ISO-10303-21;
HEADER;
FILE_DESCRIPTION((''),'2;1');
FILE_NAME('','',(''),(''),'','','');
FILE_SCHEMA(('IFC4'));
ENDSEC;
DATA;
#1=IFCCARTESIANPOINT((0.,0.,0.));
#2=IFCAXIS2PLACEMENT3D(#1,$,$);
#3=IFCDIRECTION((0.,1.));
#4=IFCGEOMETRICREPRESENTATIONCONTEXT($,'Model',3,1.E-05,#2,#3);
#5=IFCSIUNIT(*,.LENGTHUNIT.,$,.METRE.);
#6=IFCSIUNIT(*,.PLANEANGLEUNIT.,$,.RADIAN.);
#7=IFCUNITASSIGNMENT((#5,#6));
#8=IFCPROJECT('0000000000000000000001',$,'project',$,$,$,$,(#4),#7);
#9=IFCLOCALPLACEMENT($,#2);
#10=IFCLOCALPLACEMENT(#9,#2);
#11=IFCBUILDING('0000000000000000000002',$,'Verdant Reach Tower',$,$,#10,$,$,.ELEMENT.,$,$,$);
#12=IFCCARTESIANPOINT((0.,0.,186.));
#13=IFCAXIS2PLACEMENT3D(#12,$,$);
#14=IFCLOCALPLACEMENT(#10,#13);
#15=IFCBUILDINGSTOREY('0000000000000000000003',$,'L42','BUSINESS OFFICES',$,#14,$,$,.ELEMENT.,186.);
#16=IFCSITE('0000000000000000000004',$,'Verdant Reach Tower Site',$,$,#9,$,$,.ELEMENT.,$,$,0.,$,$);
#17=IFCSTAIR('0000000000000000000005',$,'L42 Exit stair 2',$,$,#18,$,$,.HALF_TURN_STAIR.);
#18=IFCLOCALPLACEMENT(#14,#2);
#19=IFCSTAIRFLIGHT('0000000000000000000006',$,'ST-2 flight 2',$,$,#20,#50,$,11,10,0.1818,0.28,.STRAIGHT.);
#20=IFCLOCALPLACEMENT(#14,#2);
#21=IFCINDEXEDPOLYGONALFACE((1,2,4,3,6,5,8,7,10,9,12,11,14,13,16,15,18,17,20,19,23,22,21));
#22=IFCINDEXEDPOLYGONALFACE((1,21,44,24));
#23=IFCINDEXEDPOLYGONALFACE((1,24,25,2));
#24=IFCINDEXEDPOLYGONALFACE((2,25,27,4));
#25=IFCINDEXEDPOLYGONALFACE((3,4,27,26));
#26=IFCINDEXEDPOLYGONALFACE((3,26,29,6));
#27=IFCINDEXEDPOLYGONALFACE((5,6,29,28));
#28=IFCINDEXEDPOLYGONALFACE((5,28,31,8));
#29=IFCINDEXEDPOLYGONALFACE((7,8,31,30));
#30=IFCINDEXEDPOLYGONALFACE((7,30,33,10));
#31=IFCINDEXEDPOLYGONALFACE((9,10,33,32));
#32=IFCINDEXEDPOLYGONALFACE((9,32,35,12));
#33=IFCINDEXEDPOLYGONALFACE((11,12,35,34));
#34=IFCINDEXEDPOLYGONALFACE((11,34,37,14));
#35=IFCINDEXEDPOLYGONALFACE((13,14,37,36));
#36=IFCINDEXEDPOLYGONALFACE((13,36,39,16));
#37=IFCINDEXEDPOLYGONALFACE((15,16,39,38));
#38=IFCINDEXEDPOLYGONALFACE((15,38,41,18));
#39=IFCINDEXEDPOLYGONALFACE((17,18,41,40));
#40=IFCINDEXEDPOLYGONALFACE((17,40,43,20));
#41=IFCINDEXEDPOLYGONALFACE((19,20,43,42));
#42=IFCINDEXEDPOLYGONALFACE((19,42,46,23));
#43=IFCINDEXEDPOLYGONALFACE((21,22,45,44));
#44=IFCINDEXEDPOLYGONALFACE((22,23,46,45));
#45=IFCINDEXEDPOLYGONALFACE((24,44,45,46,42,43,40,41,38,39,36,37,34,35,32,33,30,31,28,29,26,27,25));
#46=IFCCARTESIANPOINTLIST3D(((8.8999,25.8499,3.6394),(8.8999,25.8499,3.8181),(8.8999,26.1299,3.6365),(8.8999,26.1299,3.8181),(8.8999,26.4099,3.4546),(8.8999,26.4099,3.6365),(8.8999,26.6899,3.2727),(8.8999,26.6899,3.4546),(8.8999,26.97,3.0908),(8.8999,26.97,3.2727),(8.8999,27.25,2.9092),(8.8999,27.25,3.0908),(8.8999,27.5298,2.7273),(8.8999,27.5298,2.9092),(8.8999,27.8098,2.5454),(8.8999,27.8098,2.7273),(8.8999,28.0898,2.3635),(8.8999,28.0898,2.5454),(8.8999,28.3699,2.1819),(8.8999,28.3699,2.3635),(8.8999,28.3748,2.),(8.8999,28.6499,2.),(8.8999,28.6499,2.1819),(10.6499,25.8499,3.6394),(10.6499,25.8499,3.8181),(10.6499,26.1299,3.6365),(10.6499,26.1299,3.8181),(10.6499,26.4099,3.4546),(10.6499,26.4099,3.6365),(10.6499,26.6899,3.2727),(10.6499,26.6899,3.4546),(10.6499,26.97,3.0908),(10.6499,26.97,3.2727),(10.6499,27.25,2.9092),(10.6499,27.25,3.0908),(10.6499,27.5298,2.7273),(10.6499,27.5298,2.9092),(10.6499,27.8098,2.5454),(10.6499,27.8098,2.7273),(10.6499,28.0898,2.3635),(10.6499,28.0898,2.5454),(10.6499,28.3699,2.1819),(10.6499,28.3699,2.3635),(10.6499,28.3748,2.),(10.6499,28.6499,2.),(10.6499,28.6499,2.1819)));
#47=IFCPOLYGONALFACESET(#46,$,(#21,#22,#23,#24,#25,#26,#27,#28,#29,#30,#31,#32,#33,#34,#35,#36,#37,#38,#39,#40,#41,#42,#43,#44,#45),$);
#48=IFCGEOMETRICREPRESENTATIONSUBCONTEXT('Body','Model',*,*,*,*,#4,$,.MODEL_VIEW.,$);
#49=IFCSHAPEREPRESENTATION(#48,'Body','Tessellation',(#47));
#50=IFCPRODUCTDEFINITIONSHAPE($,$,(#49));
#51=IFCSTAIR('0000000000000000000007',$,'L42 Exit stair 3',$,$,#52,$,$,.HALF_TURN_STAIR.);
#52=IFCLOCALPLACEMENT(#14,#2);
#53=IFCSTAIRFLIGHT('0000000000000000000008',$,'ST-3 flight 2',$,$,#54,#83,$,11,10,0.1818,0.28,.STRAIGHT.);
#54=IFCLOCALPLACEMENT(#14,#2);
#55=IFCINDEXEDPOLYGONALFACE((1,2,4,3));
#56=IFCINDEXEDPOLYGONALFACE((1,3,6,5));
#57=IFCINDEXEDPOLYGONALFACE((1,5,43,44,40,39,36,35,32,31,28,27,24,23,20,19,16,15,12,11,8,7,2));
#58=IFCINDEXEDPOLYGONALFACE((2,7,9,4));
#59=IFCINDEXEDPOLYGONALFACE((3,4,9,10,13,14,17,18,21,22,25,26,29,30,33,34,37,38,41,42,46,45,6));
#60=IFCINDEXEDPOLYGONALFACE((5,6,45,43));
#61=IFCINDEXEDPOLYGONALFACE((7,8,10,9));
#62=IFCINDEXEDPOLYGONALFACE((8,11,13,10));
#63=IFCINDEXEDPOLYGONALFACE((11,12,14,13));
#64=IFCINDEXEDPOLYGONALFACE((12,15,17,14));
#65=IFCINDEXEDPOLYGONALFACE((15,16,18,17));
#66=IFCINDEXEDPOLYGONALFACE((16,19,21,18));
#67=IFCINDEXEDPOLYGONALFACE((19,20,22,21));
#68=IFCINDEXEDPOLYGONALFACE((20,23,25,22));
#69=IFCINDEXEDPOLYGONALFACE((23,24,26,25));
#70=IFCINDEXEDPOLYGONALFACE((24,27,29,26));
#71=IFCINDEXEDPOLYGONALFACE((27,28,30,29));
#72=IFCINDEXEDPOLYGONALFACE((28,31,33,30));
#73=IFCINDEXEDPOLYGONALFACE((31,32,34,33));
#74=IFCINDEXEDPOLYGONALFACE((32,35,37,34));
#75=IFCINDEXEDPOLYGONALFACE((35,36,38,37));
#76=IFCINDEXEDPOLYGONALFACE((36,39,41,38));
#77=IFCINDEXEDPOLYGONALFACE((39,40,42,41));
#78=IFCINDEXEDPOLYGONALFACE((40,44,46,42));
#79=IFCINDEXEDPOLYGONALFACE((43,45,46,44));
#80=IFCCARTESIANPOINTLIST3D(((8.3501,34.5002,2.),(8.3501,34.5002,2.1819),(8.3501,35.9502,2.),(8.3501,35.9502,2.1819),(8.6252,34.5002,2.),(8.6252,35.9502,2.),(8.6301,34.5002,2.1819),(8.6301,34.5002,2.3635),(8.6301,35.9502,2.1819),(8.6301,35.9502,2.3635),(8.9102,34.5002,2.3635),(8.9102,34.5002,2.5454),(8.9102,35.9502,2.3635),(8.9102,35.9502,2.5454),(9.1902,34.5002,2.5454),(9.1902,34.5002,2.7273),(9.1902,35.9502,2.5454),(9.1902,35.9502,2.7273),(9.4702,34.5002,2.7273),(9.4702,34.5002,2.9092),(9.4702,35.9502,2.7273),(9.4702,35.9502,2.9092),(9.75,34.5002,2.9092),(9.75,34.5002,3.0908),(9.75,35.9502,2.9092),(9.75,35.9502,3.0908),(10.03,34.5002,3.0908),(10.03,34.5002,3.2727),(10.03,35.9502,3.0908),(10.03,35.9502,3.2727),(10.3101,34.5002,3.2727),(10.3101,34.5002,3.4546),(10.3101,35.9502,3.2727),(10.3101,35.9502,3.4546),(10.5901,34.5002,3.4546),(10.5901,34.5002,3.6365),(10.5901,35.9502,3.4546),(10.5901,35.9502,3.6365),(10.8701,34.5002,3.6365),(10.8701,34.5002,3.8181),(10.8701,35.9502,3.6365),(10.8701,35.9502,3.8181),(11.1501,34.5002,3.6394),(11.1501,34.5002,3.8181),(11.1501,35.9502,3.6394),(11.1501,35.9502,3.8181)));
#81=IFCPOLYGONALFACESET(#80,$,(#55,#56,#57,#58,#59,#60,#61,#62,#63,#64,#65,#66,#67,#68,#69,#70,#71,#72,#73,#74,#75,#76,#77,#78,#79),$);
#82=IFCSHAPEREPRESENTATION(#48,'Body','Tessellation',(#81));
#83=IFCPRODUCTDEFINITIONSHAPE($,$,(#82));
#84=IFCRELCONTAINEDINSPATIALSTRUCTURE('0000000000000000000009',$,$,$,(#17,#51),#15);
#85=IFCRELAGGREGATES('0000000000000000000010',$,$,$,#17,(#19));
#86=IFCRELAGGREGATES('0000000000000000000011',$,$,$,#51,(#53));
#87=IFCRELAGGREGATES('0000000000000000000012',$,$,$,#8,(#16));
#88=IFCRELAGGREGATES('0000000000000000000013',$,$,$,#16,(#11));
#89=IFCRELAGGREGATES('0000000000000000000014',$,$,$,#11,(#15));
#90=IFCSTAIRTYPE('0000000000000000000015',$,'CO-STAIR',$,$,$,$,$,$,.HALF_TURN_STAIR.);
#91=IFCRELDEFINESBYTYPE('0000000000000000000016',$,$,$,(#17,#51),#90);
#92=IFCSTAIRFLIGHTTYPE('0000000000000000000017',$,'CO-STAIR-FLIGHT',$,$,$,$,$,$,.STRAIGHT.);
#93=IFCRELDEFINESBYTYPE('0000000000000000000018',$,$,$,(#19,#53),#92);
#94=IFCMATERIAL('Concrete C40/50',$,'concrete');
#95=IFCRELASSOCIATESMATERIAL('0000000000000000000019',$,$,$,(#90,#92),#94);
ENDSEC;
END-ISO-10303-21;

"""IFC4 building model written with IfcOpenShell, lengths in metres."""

from ifc_helpers import new_model, si_unit, direction, frame, origin, place, context, subcontext, project, spatial, polyline, outline, extrude, material, type_object, element, aggregate, save


model = new_model("IFC4")

# Units and contexts
model_context = context("Model", 3, precision=1e-05, world=origin(), true_north=direction((0.0, 1.0)))
body_context = subcontext(model_context, "Body", "Model", "MODEL_VIEW")
ifc_project = project(units=[si_unit("LENGTHUNIT", "METRE"), si_unit("PLANEANGLEUNIT", "RADIAN")], contexts=[model_context])

# Site, building, storey
site_placement = place(None, origin())
site = spatial("IfcSite", under=ifc_project, at=site_placement, Name="Verdant Reach Tower Site", CompositionType="ELEMENT", RefElevation=0.0)
building_placement = place(site_placement, origin())
building = spatial("IfcBuilding", under=site, at=building_placement, Name="Verdant Reach Tower", CompositionType="ELEMENT")
storey_placement = place(building_placement, frame((0.0, 0.0, 186.0)))
storey = spatial("IfcBuildingStorey", under=building, at=storey_placement, Name="L42", Description="BUSINESS OFFICES", CompositionType="ELEMENT", Elevation=186.0)

# Shared definitions
ifc_material_1 = material(Name="Concrete C40/50", Category="concrete")

# Stair, stair flight
stair_type = type_object("IfcStairType", Name="CO-STAIR", PredefinedType="HALF_TURN_STAIR", material=ifc_material_1)
stair_1_placement = place(storey_placement, origin())
stair_1 = element("IfcStair", 1, at=stair_1_placement, inside=storey, type_object=stair_type, Name="L42 Exit stair 2", PredefinedType="HALF_TURN_STAIR")
stair_flight_type = type_object("IfcStairFlightType", Name="CO-STAIR-FLIGHT", PredefinedType="STRAIGHT", material=ifc_material_1)
stair_flight_1_placement = place(storey_placement, frame((9.7749, 28.6499, 2.0), z_axis=(0.0, 0.0, 1.0), x_axis=(0.0, -1.0, 0.0)))
stair_flight_1 = element("IfcStairFlight", 2, at=stair_flight_1_placement, type_object=stair_flight_type, Name="ST-2 flight 2", NumberOfRisers=11, NumberOfTreads=10, PredefinedType="STRAIGHT", RiserHeight=0.1818, TreadLength=0.28, context=body_context, shape_type="SweptSolid", body=[
    extrude(outline(polyline([(0.0, 0.0), (0.0, 0.1819), (0.28, 0.1819), (0.28, 0.3635), (0.5601, 0.3635), (0.5601, 0.5454), (0.8401, 0.5454), (0.8401, 0.7273), (1.1201, 0.7273), (1.1201, 0.9092), (1.3999, 0.9092), (1.3999, 1.0908), (1.6799, 1.0908), (1.6799, 1.2727), (1.96, 1.2727), (1.96, 1.4546), (2.24, 1.4546), (2.24, 1.6365), (2.52, 1.6365), (2.52, 1.8181), (2.8, 1.8181), (2.8, 2.0), (2.8, 1.6394), (0.2751, 0.0), (0.0, 0.0)])), frame((0.0, 0.875, 0.0), z_axis=(0.0, -1.0, 0.0), x_axis=(1.0, 0.0, 0.0)), (0.0, 0.0, 1.0), 1.75),
])
aggregate(stair_1, [stair_flight_1])

# Stair, stair flight
stair_2_placement = place(storey_placement, origin())
stair_2 = element("IfcStair", 3, at=stair_2_placement, inside=storey, type_object=stair_type, Name="L42 Exit stair 3", PredefinedType="HALF_TURN_STAIR")
stair_flight_2_placement = place(storey_placement, frame((8.3501, 35.2251, 2.0), z_axis=(0.0, 0.0, 1.0), x_axis=(1.0, 0.0, 0.0)))
stair_flight_2 = element("IfcStairFlight", 4, at=stair_flight_2_placement, type_object=stair_flight_type, Name="ST-3 flight 2", NumberOfRisers=11, NumberOfTreads=10, PredefinedType="STRAIGHT", RiserHeight=0.1818, TreadLength=0.28, context=body_context, shape_type="SweptSolid", body=[
    extrude(outline(polyline([(0.0, 0.0), (0.0, 0.1819), (0.28, 0.1819), (0.28, 0.3635), (0.5601, 0.3635), (0.5601, 0.5454), (0.8401, 0.5454), (0.8401, 0.7273), (1.1201, 0.7273), (1.1201, 0.9092), (1.3999, 0.9092), (1.3999, 1.0908), (1.6799, 1.0908), (1.6799, 1.2727), (1.96, 1.2727), (1.96, 1.4546), (2.24, 1.4546), (2.24, 1.6365), (2.52, 1.6365), (2.52, 1.8181), (2.8, 1.8181), (2.8, 2.0), (2.8, 1.6394), (0.2751, 0.0), (0.0, 0.0)])), frame((0.0, 0.7251, 0.0), z_axis=(0.0, -1.0, 0.0), x_axis=(1.0, 0.0, 0.0)), (0.0, 0.0, 1.0), 1.45),
])
aggregate(stair_2, [stair_flight_2])

save(model, "model.ifc")
